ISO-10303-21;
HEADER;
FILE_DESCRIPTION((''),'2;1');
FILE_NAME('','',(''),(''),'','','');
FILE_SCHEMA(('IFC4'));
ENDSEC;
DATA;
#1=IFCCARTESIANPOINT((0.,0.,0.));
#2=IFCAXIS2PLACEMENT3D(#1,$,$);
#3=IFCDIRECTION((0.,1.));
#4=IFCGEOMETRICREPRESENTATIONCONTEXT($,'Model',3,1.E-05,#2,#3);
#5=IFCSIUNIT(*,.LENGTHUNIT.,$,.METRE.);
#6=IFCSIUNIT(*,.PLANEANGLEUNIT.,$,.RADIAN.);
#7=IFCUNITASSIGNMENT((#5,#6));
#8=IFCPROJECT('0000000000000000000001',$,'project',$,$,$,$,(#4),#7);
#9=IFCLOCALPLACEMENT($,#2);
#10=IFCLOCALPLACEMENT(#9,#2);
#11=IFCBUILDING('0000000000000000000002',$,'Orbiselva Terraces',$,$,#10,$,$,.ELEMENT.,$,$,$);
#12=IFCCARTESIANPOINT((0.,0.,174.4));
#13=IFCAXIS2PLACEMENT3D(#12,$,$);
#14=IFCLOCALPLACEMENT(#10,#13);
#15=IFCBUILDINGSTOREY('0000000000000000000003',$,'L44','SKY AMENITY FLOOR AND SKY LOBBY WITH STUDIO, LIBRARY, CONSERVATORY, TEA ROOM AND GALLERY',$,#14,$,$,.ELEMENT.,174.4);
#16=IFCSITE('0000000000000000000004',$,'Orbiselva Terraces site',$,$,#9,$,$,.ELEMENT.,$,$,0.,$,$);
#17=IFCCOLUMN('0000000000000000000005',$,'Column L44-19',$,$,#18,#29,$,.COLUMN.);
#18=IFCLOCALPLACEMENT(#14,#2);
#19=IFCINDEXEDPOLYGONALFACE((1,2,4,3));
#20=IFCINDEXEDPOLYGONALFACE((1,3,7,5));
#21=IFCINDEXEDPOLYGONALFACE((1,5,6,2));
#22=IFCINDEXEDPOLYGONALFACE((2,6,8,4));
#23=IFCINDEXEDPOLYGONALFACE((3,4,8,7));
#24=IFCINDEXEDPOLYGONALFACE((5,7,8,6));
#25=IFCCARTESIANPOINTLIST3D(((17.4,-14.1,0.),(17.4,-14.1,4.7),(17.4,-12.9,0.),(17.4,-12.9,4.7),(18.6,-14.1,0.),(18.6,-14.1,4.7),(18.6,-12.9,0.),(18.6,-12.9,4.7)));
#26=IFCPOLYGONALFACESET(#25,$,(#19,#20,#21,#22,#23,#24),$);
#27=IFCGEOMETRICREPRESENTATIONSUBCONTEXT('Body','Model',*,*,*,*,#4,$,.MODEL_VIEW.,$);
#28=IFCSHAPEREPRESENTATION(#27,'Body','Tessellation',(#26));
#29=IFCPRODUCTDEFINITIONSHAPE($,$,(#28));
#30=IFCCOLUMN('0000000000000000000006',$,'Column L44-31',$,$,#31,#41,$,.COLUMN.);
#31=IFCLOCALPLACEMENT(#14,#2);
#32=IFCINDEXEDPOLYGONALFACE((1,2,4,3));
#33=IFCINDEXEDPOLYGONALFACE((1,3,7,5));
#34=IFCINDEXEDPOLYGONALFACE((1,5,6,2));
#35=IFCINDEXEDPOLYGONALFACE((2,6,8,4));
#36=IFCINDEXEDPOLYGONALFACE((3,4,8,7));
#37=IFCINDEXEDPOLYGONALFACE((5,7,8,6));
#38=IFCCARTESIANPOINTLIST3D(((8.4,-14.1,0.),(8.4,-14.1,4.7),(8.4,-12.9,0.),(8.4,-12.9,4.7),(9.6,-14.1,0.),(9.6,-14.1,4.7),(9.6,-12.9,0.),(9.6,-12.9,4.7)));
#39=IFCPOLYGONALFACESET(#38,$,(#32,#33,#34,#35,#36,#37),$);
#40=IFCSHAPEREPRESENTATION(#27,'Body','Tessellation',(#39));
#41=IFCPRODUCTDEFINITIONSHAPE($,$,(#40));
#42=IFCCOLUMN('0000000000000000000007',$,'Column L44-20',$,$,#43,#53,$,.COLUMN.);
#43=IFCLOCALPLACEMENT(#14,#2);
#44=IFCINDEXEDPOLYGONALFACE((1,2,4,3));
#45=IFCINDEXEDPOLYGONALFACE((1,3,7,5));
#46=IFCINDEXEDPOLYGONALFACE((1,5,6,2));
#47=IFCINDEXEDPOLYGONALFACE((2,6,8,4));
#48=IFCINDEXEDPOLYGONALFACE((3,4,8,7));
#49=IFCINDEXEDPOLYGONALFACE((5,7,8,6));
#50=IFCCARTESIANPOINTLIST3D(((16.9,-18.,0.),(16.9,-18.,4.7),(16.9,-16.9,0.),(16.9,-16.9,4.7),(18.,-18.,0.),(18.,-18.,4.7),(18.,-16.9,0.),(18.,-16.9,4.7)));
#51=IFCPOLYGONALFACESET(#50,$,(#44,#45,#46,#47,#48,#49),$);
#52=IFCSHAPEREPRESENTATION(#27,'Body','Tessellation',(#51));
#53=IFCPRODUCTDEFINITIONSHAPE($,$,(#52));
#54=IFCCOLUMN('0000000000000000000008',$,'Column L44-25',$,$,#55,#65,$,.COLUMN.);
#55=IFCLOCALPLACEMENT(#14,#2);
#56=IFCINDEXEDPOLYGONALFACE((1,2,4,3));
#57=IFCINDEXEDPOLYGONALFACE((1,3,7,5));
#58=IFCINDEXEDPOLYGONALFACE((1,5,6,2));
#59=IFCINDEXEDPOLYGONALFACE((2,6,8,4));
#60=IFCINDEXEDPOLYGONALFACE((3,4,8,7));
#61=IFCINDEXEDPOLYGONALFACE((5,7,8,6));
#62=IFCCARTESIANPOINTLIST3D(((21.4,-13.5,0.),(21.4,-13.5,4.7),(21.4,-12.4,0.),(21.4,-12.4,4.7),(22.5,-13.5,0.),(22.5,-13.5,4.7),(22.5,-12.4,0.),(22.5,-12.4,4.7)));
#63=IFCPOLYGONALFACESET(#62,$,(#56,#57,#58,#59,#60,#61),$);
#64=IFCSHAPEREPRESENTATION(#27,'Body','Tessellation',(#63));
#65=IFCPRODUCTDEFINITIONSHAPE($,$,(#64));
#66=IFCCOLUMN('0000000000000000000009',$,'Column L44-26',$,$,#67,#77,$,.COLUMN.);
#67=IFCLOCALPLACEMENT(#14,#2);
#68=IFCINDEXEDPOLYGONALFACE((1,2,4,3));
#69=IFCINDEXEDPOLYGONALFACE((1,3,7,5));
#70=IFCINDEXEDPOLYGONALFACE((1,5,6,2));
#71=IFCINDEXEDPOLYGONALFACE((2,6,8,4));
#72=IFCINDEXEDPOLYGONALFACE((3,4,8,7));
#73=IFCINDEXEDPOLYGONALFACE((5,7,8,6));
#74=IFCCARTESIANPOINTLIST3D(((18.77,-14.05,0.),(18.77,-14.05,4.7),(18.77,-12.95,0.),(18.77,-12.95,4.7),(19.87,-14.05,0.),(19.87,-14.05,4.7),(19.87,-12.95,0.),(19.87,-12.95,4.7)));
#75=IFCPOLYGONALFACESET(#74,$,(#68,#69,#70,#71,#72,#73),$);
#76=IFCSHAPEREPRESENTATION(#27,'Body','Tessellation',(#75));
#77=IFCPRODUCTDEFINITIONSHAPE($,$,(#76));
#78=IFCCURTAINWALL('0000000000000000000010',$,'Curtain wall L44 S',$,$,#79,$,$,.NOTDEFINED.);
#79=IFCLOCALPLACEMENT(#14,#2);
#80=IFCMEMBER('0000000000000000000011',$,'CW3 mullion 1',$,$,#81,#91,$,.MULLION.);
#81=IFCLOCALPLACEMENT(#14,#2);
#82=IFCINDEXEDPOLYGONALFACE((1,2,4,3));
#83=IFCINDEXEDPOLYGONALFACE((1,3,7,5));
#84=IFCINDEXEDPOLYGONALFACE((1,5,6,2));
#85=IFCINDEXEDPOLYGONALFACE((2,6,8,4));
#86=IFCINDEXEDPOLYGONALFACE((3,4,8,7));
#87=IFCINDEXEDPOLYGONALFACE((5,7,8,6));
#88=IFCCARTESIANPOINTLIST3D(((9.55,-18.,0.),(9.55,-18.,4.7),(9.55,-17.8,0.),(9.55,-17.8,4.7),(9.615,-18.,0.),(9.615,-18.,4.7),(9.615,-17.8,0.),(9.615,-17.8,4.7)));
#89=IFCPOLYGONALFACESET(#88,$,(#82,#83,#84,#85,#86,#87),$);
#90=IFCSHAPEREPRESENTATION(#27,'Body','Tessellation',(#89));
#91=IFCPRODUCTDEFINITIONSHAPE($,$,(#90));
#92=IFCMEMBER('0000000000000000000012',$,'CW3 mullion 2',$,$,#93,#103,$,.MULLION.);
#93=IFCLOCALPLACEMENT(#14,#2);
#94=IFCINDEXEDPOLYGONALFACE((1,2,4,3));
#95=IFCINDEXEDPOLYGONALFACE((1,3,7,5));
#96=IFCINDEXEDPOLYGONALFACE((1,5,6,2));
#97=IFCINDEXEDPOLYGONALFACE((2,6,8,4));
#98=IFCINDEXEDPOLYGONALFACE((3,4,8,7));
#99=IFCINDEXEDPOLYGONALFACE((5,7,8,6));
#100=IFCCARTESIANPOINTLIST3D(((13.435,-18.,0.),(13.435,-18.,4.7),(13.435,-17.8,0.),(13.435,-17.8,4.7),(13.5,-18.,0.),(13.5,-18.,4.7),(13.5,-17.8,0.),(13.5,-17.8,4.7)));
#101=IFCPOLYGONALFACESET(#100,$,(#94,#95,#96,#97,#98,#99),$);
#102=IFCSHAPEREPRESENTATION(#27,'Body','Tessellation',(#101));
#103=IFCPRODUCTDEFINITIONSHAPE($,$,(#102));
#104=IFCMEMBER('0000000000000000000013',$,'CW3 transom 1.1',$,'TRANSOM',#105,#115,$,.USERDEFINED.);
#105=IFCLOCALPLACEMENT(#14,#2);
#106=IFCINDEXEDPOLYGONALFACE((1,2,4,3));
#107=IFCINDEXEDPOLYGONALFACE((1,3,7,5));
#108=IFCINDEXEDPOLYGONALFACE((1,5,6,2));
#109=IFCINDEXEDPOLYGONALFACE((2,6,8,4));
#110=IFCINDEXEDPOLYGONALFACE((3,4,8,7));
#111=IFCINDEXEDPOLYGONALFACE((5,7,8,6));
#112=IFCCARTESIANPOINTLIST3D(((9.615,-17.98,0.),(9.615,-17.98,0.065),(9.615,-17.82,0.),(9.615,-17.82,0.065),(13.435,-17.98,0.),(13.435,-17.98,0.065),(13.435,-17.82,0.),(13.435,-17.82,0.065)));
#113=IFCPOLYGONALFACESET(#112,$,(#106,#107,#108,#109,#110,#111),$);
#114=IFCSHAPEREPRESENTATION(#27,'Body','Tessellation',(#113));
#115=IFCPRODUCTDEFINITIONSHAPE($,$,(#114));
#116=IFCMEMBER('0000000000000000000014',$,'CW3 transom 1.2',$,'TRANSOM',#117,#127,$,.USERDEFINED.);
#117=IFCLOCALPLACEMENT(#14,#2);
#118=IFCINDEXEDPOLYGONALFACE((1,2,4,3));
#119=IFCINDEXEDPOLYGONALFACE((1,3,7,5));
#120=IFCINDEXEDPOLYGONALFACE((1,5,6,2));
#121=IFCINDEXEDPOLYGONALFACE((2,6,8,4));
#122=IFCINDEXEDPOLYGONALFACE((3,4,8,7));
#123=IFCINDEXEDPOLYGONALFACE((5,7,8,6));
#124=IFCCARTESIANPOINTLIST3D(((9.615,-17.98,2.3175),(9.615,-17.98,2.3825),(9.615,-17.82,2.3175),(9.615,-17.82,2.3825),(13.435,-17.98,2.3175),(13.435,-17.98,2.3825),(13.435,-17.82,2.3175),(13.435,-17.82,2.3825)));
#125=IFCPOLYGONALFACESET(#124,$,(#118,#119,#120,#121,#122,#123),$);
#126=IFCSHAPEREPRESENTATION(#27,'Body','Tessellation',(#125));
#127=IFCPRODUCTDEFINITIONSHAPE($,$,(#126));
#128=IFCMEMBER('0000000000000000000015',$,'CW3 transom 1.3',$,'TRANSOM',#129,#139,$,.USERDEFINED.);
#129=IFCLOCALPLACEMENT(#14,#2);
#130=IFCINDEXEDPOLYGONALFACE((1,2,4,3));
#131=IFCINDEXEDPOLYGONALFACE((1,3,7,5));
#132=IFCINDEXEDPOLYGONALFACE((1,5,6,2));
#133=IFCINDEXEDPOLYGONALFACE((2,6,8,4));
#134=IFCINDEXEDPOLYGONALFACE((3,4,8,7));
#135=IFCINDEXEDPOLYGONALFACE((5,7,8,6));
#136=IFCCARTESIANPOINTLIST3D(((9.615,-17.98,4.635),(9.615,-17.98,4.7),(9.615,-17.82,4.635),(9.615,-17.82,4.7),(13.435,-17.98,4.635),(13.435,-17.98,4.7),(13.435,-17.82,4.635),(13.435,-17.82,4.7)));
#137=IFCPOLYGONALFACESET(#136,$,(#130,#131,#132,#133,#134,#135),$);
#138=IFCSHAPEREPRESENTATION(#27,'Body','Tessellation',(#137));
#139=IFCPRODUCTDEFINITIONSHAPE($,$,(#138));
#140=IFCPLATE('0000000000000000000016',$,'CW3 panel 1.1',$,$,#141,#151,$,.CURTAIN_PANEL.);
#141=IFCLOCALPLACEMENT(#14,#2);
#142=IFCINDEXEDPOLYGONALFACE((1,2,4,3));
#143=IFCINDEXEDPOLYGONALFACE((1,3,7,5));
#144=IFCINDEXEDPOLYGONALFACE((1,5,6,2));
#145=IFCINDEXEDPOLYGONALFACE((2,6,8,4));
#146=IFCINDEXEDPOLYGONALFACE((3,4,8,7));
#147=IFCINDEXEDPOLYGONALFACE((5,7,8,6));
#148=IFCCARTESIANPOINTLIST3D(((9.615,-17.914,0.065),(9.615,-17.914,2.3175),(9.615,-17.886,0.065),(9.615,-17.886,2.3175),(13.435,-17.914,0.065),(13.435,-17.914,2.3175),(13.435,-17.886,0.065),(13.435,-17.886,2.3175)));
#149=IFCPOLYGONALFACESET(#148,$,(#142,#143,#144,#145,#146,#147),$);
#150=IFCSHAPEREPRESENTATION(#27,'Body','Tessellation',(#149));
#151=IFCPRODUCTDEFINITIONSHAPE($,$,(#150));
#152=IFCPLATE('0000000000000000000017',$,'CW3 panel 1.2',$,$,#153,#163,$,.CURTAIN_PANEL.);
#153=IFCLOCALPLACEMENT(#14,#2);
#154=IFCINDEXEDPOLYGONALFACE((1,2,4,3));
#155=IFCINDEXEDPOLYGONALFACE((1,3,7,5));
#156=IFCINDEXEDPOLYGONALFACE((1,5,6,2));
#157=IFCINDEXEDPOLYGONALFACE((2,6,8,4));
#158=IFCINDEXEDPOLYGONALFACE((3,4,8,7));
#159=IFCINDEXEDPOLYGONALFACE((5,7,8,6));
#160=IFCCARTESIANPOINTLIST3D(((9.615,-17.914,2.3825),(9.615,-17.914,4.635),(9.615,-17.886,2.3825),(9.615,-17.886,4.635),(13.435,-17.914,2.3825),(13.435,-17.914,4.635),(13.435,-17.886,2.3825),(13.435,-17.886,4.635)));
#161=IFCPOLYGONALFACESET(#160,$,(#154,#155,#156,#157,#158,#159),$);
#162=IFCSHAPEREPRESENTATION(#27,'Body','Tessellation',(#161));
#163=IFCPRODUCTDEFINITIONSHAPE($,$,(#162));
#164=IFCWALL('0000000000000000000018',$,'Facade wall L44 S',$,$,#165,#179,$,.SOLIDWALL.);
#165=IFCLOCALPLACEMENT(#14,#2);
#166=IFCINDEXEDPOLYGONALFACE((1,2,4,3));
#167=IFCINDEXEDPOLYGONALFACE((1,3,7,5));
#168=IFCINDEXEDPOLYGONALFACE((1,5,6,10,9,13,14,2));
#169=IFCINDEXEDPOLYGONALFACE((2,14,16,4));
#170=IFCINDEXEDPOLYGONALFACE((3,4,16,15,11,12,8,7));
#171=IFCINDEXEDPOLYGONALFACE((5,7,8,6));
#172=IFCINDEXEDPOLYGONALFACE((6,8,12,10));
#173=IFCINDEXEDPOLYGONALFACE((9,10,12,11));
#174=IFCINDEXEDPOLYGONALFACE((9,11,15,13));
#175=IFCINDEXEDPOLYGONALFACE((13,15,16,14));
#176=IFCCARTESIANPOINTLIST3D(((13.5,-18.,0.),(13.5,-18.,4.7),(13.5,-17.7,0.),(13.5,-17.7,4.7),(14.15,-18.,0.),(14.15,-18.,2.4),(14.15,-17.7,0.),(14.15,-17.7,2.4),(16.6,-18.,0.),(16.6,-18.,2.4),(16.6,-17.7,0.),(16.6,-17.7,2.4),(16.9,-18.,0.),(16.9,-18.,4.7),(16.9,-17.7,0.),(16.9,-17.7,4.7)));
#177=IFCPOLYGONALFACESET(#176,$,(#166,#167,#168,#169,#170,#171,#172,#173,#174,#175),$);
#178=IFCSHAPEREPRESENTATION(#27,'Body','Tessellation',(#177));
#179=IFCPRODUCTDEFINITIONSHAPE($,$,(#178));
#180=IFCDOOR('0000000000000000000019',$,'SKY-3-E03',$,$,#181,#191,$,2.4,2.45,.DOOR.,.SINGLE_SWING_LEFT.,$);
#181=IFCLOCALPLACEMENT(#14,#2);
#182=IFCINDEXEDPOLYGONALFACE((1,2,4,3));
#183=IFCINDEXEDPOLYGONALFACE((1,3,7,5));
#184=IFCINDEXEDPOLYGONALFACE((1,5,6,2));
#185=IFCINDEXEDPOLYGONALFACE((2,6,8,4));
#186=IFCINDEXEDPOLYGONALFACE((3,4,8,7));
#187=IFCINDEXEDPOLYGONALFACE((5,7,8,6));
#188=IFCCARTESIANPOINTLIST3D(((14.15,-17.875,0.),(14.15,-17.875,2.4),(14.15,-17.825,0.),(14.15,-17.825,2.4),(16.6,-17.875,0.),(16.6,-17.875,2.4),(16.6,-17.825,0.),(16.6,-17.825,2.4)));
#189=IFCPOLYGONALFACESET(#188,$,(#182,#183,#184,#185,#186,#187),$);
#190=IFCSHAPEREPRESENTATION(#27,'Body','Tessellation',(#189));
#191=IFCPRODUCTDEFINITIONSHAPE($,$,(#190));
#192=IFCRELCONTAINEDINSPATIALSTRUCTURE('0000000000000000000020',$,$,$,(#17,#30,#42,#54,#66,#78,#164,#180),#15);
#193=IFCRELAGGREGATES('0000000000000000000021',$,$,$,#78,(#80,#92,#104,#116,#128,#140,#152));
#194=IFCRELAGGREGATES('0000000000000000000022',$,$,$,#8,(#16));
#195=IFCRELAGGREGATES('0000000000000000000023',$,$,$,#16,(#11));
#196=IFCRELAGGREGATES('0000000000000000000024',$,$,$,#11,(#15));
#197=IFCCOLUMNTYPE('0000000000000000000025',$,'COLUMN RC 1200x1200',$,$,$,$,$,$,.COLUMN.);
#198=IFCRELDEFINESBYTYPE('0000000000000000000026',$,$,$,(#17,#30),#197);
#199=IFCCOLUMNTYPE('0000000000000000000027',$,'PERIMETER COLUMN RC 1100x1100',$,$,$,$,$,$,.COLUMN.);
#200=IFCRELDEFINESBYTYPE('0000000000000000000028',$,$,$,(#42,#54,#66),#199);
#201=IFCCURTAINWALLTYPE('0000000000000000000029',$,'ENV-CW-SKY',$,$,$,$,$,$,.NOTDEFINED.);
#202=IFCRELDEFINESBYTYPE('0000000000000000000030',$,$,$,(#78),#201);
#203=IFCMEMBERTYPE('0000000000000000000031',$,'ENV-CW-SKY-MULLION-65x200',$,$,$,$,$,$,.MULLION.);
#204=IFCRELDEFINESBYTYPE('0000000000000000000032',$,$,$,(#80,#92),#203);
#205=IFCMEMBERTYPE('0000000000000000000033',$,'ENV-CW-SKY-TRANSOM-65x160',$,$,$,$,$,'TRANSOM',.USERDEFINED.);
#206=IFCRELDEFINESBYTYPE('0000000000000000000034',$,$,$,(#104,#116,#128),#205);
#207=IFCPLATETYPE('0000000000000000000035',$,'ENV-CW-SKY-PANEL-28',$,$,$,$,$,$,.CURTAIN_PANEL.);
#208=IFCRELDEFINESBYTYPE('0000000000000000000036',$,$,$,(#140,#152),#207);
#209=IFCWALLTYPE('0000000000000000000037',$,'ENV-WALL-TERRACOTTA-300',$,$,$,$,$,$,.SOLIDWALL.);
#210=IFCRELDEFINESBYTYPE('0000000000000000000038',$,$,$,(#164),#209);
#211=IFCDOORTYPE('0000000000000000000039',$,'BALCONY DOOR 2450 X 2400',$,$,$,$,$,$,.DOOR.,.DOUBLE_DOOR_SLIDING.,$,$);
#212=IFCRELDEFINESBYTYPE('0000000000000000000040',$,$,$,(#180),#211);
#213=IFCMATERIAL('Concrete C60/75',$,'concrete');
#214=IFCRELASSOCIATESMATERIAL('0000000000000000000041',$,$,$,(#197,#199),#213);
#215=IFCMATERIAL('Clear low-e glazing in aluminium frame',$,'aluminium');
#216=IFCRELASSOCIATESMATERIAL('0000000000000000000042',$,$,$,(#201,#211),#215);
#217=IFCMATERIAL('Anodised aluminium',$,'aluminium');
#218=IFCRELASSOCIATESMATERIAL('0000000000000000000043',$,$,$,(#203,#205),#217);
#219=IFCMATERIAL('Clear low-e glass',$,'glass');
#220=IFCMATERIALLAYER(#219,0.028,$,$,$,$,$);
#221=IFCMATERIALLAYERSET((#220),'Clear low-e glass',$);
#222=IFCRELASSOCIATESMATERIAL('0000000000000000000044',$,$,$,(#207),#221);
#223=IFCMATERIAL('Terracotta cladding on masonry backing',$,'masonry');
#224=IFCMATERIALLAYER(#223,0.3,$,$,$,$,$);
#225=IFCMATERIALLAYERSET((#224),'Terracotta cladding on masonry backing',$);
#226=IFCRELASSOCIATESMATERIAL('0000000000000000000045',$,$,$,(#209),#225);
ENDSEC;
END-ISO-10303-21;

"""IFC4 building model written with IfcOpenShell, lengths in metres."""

from ifc_helpers import new_model, si_unit, direction, frame, frame_2d, origin, origin_2d, place, context, subcontext, project, spatial, rectangle, extrude, material, layer, layer_set, material_profile, profile_set, type_object, element, fill, aggregate, save


model = new_model("IFC4")

# Units and contexts
model_context = context("Model", 3, precision=1e-05, world=origin(), true_north=direction((0.0, 1.0)))
body_context = subcontext(model_context, "Body", "Model", "MODEL_VIEW")
ifc_project = project(units=[si_unit("LENGTHUNIT", "METRE"), si_unit("PLANEANGLEUNIT", "RADIAN")], contexts=[model_context])

# Site, building, storey
site_placement = place(None, origin())
site = spatial("IfcSite", under=ifc_project, at=site_placement, Name="Orbiselva Terraces site", CompositionType="ELEMENT", RefElevation=0.0)
building_placement = place(site_placement, origin())
building = spatial("IfcBuilding", under=site, at=building_placement, Name="Orbiselva Terraces", CompositionType="ELEMENT")
storey_placement = place(building_placement, frame((0.0, 0.0, 174.4)))
storey = spatial("IfcBuildingStorey", under=building, at=storey_placement, Name="L44", Description="SKY AMENITY FLOOR AND SKY LOBBY WITH STUDIO, LIBRARY, CONSERVATORY, TEA ROOM AND GALLERY", CompositionType="ELEMENT", Elevation=174.4)

# Columns
ifc_material_1 = material(Name="Concrete C60/75", Category="concrete")
ifc_material_profile_1 = material_profile(ifc_material_1, rectangle(XDim=1.2, YDim=1.2, at=origin_2d()), Name="RC 1200x1200")
ifc_profile_set_1 = profile_set([ifc_material_profile_1], Name="Concrete C60/75")
column_type_1 = type_object("IfcColumnType", Name="COLUMN RC 1200x1200", PredefinedType="COLUMN", material=ifc_profile_set_1)
for number, where, z_axis, x_axis, name in (
    (1, (18.0, -13.5, 0.0), (0.0, 0.0, 1.0), (1.0, 0.0, 0.0), "Column L44-19"),
    (2, (9.0, -13.5, 0.0), (0.0, 0.0, 1.0), (1.0, 0.0, 0.0), "Column L44-31"),
):
    element("IfcColumn", number, at=place(storey_placement, frame(where, z_axis=z_axis, x_axis=x_axis)), inside=storey, type_object=column_type_1, Name=name, PredefinedType="COLUMN", context=body_context, shape_type="SweptSolid", body=[
        extrude(rectangle(XDim=1.2, YDim=1.2, at=origin_2d()), origin(), (0.0, 0.0, 1.0), 4.7),
    ])
ifc_material_profile_2 = material_profile(ifc_material_1, rectangle(XDim=1.1, YDim=1.1, at=origin_2d()), Name="RC 1100x1100")
ifc_profile_set_2 = profile_set([ifc_material_profile_2], Name="Concrete C60/75")
column_type_2 = type_object("IfcColumnType", Name="PERIMETER COLUMN RC 1100x1100", PredefinedType="COLUMN", material=ifc_profile_set_2)
for number, where, z_axis, x_axis, name in (
    (3, (17.45, -17.45, 0.0), (0.0, 0.0, 1.0), (1.0, 0.0, 0.0), "Column L44-20"),
    (4, (21.95, -12.95, 0.0), (0.0, 0.0, 1.0), (1.0, 0.0, 0.0), "Column L44-25"),
    (5, (19.32, -13.5, 0.0), (0.0, 0.0, 1.0), (1.0, 0.0, 0.0), "Column L44-26"),
):
    element("IfcColumn", number, at=place(storey_placement, frame(where, z_axis=z_axis, x_axis=x_axis)), inside=storey, type_object=column_type_2, Name=name, PredefinedType="COLUMN", context=body_context, shape_type="SweptSolid", body=[
        extrude(rectangle(XDim=1.1, YDim=1.1, at=origin_2d()), origin(), (0.0, 0.0, 1.0), 4.7),
    ])

# Curtain wall, members, plates
ifc_material_2 = material(Name="Clear low-e glazing in aluminium frame", Category="aluminium")
curtain_wall_type = type_object("IfcCurtainWallType", Name="ENV-CW-SKY", PredefinedType="NOTDEFINED", material=ifc_material_2)
curtain_wall_placement = place(storey_placement, origin())
curtain_wall = element("IfcCurtainWall", 6, at=curtain_wall_placement, inside=storey, type_object=curtain_wall_type, Name="Curtain wall L44 S", PredefinedType="NOTDEFINED")
ifc_material_3 = material(Name="Anodised aluminium", Category="aluminium")
ifc_material_profile_3 = material_profile(ifc_material_3, rectangle(XDim=0.2, YDim=0.065, at=origin_2d()), Name="AL 65x200")
ifc_profile_set_3 = profile_set([ifc_material_profile_3], Name="Anodised aluminium")
member_type_1 = type_object("IfcMemberType", Name="ENV-CW-SKY-MULLION-65x200", PredefinedType="MULLION", material=ifc_profile_set_3)
member_1_placement = place(storey_placement, frame((9.5825, -17.9, 0.0), z_axis=(0.0, 0.0, 1.0), x_axis=(0.0, 1.0, 0.0)))
member_1 = element("IfcMember", 7, at=member_1_placement, type_object=member_type_1, Name="CW3 mullion 1", PredefinedType="MULLION", context=body_context, shape_type="SweptSolid", body=[
    extrude(rectangle(XDim=0.2, YDim=0.065, at=origin_2d()), origin(), (0.0, 0.0, 1.0), 4.7),
])
member_2_placement = place(storey_placement, frame((13.4675, -17.9, 0.0), z_axis=(0.0, 0.0, 1.0), x_axis=(0.0, 1.0, 0.0)))
member_2 = element("IfcMember", 8, at=member_2_placement, type_object=member_type_1, Name="CW3 mullion 2", PredefinedType="MULLION", context=body_context, shape_type="SweptSolid", body=[
    extrude(rectangle(XDim=0.2, YDim=0.065, at=origin_2d()), origin(), (0.0, 0.0, 1.0), 4.7),
])
ifc_material_profile_4 = material_profile(ifc_material_3, rectangle(XDim=0.16, YDim=0.065, at=origin_2d()), Name="AL 65x160")
ifc_profile_set_4 = profile_set([ifc_material_profile_4], Name="Anodised aluminium")
member_type_2 = type_object("IfcMemberType", Name="ENV-CW-SKY-TRANSOM-65x160", ElementType="TRANSOM", PredefinedType="USERDEFINED", material=ifc_profile_set_4)
member_3_placement = place(storey_placement, frame((9.615, -17.9, 0.0325), z_axis=(1.0, 0.0, 0.0), x_axis=(0.0, 1.0, 0.0)))
member_3 = element("IfcMember", 9, at=member_3_placement, type_object=member_type_2, Name="CW3 transom 1.1", ObjectType="TRANSOM", PredefinedType="USERDEFINED", context=body_context, shape_type="SweptSolid", body=[
    extrude(rectangle(XDim=0.16, YDim=0.065, at=origin_2d()), origin(), (0.0, 0.0, 1.0), 3.82),
])
member_4_placement = place(storey_placement, frame((9.615, -17.9, 2.35), z_axis=(1.0, 0.0, 0.0), x_axis=(0.0, 1.0, 0.0)))
member_4 = element("IfcMember", 10, at=member_4_placement, type_object=member_type_2, Name="CW3 transom 1.2", ObjectType="TRANSOM", PredefinedType="USERDEFINED", context=body_context, shape_type="SweptSolid", body=[
    extrude(rectangle(XDim=0.16, YDim=0.065, at=origin_2d()), origin(), (0.0, 0.0, 1.0), 3.82),
])
member_5_placement = place(storey_placement, frame((9.615, -17.9, 4.6675), z_axis=(1.0, 0.0, 0.0), x_axis=(0.0, 1.0, 0.0)))
member_5 = element("IfcMember", 11, at=member_5_placement, type_object=member_type_2, Name="CW3 transom 1.3", ObjectType="TRANSOM", PredefinedType="USERDEFINED", context=body_context, shape_type="SweptSolid", body=[
    extrude(rectangle(XDim=0.16, YDim=0.065, at=origin_2d()), origin(), (0.0, 0.0, 1.0), 3.82),
])
ifc_material_4 = material(Name="Clear low-e glass", Category="glass")
ifc_layer_1 = layer(ifc_material_4, 0.028)
ifc_layer_set_1 = layer_set([ifc_layer_1], Name="Clear low-e glass")
plate_type = type_object("IfcPlateType", Name="ENV-CW-SKY-PANEL-28", PredefinedType="CURTAIN_PANEL", material=ifc_layer_set_1)
plate_1_placement = place(storey_placement, frame((11.525, -17.9, 0.065), z_axis=(0.0, 0.0, 1.0), x_axis=(1.0, 0.0, 0.0)))
plate_1 = element("IfcPlate", 12, at=plate_1_placement, type_object=plate_type, Name="CW3 panel 1.1", PredefinedType="CURTAIN_PANEL", context=body_context, shape_type="SweptSolid", body=[
    extrude(rectangle(XDim=3.82, YDim=0.028, at=origin_2d()), origin(), (0.0, 0.0, 1.0), 2.2525),
])
plate_2_placement = place(storey_placement, frame((11.525, -17.9, 2.3825), z_axis=(0.0, 0.0, 1.0), x_axis=(1.0, 0.0, 0.0)))
plate_2 = element("IfcPlate", 13, at=plate_2_placement, type_object=plate_type, Name="CW3 panel 1.2", PredefinedType="CURTAIN_PANEL", context=body_context, shape_type="SweptSolid", body=[
    extrude(rectangle(XDim=3.82, YDim=0.028, at=origin_2d()), origin(), (0.0, 0.0, 1.0), 2.2525),
])
aggregate(curtain_wall, [member_1, member_2, member_3, member_4, member_5, plate_1, plate_2])

# Wall, opening, door
ifc_material_5 = material(Name="Terracotta cladding on masonry backing", Category="masonry")
ifc_layer_2 = layer(ifc_material_5, 0.3)
ifc_layer_set_2 = layer_set([ifc_layer_2], Name="Terracotta cladding on masonry backing")
wall_type = type_object("IfcWallType", Name="ENV-WALL-TERRACOTTA-300", PredefinedType="SOLIDWALL", material=ifc_layer_set_2)
wall_1_placement = place(storey_placement, frame((16.9, -17.85, 0.0), z_axis=(0.0, 0.0, 1.0), x_axis=(-1.0, 0.0, 0.0)))
wall_1 = element("IfcWall", 14, at=wall_1_placement, inside=storey, type_object=wall_type, Name="Facade wall L44 S", PredefinedType="SOLIDWALL", context=body_context, shape_type="SweptSolid", body=[
    extrude(rectangle(XDim=3.4, YDim=0.3, at=frame_2d((1.7, 0.0))), origin(), (0.0, 0.0, 1.0), 4.7),
])
opening_placement = place(wall_1_placement, frame((0.3, 0.0, 0.0)))
opening = element("IfcOpeningElement", 15, at=opening_placement, cuts=wall_1, PredefinedType="OPENING", context=body_context, shape_type="SweptSolid", body=[
    extrude(rectangle(XDim=2.45, YDim=2.4, at=frame_2d((1.225, 1.2))), frame((0.0, 0.16, 0.0), z_axis=(0.0, -1.0, 0.0), x_axis=(1.0, 0.0, 0.0)), (0.0, 0.0, 1.0), 0.32),
])
door_type = type_object("IfcDoorType", Name="BALCONY DOOR 2450 X 2400", OperationType="DOUBLE_DOOR_SLIDING", PredefinedType="DOOR", material=ifc_material_2)
door_placement = place(opening_placement, origin())
door = element("IfcDoor", 16, at=door_placement, inside=storey, type_object=door_type, Name="SKY-3-E03", OperationType="SINGLE_SWING_LEFT", OverallHeight=2.4, OverallWidth=2.45, PredefinedType="DOOR", context=body_context, shape_type="SweptSolid", body=[
    extrude(rectangle(XDim=2.45, YDim=2.4, at=frame_2d((1.225, 1.2))), frame((0.0, 0.025, 0.0), z_axis=(0.0, -1.0, 0.0), x_axis=(1.0, 0.0, 0.0)), (0.0, 0.0, 1.0), 0.05),
])
fill(opening, door)

save(model, "model.ifc")
